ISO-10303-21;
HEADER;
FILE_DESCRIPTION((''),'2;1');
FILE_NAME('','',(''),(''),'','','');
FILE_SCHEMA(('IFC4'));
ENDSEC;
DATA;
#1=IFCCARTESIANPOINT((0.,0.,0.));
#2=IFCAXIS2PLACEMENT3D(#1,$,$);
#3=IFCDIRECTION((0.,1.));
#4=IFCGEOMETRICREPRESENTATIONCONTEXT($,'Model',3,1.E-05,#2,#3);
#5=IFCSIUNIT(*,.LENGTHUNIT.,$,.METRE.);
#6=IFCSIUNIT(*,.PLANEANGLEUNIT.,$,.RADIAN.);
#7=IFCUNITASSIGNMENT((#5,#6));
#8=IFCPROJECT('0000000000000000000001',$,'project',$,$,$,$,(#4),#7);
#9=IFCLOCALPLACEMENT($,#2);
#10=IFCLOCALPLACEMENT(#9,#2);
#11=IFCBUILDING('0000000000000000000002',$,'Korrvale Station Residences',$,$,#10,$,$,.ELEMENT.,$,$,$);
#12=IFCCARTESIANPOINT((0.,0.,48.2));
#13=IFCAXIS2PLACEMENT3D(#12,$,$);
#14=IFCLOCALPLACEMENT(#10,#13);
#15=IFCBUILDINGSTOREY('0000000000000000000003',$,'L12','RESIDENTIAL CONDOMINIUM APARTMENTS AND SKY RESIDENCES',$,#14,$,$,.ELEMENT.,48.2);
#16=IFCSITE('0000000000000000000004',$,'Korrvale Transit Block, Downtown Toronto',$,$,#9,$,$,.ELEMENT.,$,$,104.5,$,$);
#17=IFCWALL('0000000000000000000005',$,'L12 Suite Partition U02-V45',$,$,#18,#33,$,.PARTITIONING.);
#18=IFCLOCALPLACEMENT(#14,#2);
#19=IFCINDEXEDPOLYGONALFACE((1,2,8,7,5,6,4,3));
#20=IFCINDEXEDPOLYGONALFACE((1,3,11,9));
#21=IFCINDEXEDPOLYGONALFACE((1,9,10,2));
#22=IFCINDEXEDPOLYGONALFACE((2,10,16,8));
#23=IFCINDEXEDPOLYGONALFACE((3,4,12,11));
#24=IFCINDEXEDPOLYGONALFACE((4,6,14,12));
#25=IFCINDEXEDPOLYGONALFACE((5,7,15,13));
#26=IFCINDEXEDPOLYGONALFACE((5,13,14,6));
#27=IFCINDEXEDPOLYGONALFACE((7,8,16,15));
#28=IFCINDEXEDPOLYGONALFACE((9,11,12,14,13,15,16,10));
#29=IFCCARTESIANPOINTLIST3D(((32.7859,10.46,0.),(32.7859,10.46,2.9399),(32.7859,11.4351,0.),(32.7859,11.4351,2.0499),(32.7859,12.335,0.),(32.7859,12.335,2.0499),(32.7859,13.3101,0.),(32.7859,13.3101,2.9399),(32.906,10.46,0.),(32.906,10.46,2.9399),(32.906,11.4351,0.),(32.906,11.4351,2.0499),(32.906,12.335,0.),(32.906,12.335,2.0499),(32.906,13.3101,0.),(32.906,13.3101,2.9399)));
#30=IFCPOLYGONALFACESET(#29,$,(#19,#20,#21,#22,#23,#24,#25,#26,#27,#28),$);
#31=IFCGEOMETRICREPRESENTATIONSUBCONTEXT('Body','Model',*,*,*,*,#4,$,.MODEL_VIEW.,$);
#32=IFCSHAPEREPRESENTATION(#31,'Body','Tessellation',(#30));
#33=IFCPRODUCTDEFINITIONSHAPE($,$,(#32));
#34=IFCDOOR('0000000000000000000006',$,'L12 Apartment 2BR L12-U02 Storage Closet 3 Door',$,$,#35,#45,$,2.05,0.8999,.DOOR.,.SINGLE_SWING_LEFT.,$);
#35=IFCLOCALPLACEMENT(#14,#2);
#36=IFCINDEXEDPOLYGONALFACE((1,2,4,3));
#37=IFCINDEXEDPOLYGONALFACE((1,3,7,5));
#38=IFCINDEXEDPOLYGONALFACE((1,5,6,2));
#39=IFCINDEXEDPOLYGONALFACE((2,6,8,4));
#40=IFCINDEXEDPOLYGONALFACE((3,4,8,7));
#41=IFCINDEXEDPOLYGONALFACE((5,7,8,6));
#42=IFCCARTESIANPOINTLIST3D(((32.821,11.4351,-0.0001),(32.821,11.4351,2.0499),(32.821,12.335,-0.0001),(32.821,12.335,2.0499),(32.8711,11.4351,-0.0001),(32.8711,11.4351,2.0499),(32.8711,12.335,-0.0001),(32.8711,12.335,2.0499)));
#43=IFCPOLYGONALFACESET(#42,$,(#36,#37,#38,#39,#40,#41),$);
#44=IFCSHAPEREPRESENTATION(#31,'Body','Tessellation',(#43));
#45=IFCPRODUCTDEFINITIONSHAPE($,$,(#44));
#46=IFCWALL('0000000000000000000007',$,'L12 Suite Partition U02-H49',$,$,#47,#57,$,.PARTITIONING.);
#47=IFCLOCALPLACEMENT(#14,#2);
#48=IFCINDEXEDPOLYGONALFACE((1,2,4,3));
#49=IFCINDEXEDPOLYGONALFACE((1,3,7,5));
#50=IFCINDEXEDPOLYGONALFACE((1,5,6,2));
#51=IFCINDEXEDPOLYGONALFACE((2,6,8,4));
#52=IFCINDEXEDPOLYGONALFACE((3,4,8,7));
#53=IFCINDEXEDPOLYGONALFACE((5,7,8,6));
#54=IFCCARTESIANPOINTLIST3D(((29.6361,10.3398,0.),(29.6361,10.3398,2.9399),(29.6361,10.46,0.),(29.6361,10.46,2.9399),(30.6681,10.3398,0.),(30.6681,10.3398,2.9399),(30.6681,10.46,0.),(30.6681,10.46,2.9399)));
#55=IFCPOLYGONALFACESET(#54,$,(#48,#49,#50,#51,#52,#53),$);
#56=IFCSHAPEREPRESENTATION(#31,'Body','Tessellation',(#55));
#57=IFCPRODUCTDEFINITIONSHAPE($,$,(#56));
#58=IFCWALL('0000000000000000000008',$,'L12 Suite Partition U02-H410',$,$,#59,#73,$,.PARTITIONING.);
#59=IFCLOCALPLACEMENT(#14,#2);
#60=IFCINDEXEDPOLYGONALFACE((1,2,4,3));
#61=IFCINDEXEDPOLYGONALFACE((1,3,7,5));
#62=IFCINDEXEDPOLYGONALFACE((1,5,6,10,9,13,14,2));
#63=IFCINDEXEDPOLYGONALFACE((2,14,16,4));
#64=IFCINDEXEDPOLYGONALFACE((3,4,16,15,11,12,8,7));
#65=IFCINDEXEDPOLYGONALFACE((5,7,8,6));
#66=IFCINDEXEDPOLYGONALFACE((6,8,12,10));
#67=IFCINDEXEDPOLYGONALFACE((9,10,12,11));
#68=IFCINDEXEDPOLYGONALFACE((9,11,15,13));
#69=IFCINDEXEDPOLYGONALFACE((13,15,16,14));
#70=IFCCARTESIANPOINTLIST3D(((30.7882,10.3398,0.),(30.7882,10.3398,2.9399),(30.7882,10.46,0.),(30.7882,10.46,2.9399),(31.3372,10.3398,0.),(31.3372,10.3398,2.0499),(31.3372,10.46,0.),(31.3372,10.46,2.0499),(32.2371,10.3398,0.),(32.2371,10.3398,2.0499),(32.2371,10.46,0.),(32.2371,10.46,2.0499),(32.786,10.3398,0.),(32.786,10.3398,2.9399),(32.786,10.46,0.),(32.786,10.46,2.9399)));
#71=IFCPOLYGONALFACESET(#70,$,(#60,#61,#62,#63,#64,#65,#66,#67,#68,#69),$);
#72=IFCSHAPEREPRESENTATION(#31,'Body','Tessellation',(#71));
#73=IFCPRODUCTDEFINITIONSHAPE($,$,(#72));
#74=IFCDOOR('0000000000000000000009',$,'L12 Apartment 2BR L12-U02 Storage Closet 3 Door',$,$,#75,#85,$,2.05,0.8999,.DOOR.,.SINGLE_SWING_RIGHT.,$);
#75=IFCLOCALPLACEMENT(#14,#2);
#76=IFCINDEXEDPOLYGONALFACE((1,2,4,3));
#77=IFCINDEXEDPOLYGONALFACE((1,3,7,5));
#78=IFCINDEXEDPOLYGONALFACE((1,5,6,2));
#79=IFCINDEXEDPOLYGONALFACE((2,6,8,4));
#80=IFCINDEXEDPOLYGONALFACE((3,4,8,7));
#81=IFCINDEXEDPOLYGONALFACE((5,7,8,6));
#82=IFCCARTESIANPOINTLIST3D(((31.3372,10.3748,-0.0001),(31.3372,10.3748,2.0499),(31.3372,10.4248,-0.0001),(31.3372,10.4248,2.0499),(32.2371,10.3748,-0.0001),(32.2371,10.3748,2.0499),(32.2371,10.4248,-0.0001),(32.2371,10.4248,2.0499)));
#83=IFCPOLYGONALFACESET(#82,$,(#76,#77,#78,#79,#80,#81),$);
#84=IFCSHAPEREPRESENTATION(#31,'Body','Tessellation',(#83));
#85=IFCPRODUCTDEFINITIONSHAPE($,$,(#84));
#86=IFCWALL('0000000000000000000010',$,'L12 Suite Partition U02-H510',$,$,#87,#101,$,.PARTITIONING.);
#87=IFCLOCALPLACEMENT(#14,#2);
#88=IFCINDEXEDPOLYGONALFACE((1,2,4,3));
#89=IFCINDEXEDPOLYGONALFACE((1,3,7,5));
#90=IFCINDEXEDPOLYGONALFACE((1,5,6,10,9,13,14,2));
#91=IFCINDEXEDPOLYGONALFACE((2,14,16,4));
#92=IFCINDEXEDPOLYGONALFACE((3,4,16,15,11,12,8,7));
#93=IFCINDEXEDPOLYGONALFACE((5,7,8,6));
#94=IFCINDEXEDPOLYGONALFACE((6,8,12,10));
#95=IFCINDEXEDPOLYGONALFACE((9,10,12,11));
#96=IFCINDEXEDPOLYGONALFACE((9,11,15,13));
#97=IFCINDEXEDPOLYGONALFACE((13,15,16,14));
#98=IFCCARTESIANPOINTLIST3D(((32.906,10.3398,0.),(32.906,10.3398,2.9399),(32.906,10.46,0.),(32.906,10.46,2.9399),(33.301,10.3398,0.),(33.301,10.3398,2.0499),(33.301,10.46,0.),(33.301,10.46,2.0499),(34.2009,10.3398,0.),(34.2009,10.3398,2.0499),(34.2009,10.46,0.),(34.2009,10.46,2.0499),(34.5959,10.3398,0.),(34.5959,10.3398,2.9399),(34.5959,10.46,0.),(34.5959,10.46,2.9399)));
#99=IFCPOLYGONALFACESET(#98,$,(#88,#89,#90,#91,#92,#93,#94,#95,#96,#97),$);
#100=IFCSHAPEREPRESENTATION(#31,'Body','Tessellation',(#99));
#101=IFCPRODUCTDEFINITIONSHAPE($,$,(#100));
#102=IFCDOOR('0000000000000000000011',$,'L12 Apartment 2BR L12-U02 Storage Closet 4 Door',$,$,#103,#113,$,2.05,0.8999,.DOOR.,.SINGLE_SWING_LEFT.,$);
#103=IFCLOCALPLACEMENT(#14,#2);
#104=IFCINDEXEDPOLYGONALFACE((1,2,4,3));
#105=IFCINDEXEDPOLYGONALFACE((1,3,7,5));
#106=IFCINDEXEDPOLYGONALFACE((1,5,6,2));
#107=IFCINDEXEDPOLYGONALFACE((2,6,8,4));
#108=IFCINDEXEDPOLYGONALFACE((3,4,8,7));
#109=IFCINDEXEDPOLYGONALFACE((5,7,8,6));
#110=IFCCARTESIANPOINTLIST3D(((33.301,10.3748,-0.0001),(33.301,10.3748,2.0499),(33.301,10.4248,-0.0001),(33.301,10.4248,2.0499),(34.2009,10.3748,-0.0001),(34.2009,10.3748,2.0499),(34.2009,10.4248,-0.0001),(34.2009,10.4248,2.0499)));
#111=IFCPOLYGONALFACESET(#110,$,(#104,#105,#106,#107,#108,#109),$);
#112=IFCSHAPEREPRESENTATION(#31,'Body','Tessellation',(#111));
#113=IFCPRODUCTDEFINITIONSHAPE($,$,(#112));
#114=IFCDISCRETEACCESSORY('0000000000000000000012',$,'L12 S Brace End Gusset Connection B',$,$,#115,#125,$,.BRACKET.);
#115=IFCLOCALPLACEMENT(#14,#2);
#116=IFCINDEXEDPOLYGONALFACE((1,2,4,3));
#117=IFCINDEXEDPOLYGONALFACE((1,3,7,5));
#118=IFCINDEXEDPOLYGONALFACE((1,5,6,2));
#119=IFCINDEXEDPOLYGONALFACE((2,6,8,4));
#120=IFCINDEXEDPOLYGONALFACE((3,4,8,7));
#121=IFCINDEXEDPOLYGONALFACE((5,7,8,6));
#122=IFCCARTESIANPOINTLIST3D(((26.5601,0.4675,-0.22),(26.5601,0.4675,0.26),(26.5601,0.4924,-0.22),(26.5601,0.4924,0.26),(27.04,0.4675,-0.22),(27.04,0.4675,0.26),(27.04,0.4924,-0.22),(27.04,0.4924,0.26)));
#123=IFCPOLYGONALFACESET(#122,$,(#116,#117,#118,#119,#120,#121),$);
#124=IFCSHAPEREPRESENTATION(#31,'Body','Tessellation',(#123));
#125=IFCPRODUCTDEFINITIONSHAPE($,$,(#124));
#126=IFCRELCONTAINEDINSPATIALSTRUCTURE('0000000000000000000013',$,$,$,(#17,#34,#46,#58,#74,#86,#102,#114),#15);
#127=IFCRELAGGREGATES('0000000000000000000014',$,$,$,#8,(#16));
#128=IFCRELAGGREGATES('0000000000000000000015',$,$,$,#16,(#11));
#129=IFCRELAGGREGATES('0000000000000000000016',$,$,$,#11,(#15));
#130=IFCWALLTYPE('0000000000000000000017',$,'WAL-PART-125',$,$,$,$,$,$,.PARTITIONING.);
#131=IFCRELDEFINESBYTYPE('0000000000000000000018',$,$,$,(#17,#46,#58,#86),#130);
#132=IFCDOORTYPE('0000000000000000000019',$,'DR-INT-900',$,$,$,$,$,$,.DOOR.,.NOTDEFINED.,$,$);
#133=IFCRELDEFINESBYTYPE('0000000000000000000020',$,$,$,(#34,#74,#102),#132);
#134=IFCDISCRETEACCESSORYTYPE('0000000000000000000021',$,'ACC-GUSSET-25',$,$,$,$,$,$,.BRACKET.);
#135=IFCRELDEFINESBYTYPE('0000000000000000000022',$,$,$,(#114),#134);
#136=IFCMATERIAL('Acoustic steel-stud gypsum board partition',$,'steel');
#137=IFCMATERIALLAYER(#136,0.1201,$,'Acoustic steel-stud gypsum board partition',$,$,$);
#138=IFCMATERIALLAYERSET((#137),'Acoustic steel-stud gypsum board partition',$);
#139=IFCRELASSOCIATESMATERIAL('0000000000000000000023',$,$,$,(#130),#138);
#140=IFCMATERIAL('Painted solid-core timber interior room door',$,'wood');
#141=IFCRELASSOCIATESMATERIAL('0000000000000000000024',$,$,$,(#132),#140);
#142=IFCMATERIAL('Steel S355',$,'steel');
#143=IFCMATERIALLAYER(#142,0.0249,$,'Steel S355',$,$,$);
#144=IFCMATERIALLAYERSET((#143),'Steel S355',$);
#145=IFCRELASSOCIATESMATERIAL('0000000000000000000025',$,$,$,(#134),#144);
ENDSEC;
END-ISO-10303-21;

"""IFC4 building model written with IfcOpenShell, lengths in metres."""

from ifc_helpers import new_model, si_unit, direction, frame, frame_2d, origin, origin_2d, place, context, subcontext, project, spatial, rectangle, extrude, material, layer, layer_set, type_object, element, fill, save


model = new_model("IFC4")

# Units and contexts
model_context = context("Model", 3, precision=1e-05, world=origin(), true_north=direction((0.0, 1.0)))
body_context = subcontext(model_context, "Body", "Model", "MODEL_VIEW")
ifc_project = project(units=[si_unit("LENGTHUNIT", "METRE"), si_unit("PLANEANGLEUNIT", "RADIAN")], contexts=[model_context])

# Site, building, storey
site_placement = place(None, origin())
site = spatial("IfcSite", under=ifc_project, at=site_placement, Name="Korrvale Transit Block, Downtown Toronto", CompositionType="ELEMENT", RefElevation=104.5)
building_placement = place(site_placement, origin())
building = spatial("IfcBuilding", under=site, at=building_placement, Name="Korrvale Station Residences", CompositionType="ELEMENT")
storey_placement = place(building_placement, frame((0.0, 0.0, 48.2)))
storey = spatial("IfcBuildingStorey", under=building, at=storey_placement, Name="L12", Description="RESIDENTIAL CONDOMINIUM APARTMENTS AND SKY RESIDENCES", CompositionType="ELEMENT", Elevation=48.2)

# Shared definitions
ifc_material_1 = material(Name="Acoustic steel-stud gypsum board partition", Category="steel")
ifc_layer_1 = layer(ifc_material_1, 0.1201, Name="Acoustic steel-stud gypsum board partition")
ifc_layer_set_1 = layer_set([ifc_layer_1], Name="Acoustic steel-stud gypsum board partition")
wall_type = type_object("IfcWallType", Name="WAL-PART-125", PredefinedType="PARTITIONING", material=ifc_layer_set_1)
ifc_material_2 = material(Name="Painted solid-core timber interior room door", Category="wood")
door_type = type_object("IfcDoorType", Name="DR-INT-900", OperationType="NOTDEFINED", PredefinedType="DOOR", material=ifc_material_2)

# Wall, opening, door
wall_1_placement = place(storey_placement, frame((32.8459, 10.46, 0.0), z_axis=(0.0, 0.0, 1.0), x_axis=(0.0, 1.0, 0.0)))
wall_1 = element("IfcWall", 1, at=wall_1_placement, inside=storey, type_object=wall_type, Name="L12 Suite Partition U02-V45", PredefinedType="PARTITIONING", context=body_context, shape_type="SweptSolid", body=[
    extrude(rectangle(XDim=2.8501, YDim=0.1201, at=frame_2d((1.425, 0.0))), origin(), (0.0, 0.0, 1.0), 2.9399),
])
opening_1_placement = place(wall_1_placement, frame((0.9751, 0.0, 0.0)))
opening_1 = element("IfcOpeningElement", 2, at=opening_1_placement, cuts=wall_1, PredefinedType="OPENING", context=body_context, shape_type="SweptSolid", body=[
    extrude(rectangle(XDim=0.8999, YDim=2.05, at=frame_2d((0.45, 1.0249))), frame((0.0, 0.0701, 0.0), z_axis=(0.0, -1.0, 0.0), x_axis=(1.0, 0.0, 0.0)), (0.0, 0.0, 1.0), 0.1401),
])
door_1_placement = place(opening_1_placement, origin())
door_1 = element("IfcDoor", 3, at=door_1_placement, inside=storey, type_object=door_type, Name="L12 Apartment 2BR L12-U02 Storage Closet 3 Door", OperationType="SINGLE_SWING_LEFT", OverallHeight=2.05, OverallWidth=0.8999, PredefinedType="DOOR", context=body_context, shape_type="SweptSolid", body=[
    extrude(rectangle(XDim=0.8999, YDim=2.05, at=frame_2d((0.45, 1.0249))), frame((0.0, 0.0249, 0.0), z_axis=(0.0, -1.0, 0.0), x_axis=(1.0, 0.0, 0.0)), (0.0, 0.0, 1.0), 0.05),
])
fill(opening_1, door_1)

# Wall
wall_2_placement = place(storey_placement, frame((29.636, 10.3999, 0.0), z_axis=(0.0, 0.0, 1.0), x_axis=(1.0, 0.0, 0.0)))
element("IfcWall", 4, at=wall_2_placement, inside=storey, type_object=wall_type, Name="L12 Suite Partition U02-H49", PredefinedType="PARTITIONING", context=body_context, shape_type="SweptSolid", body=[
    extrude(rectangle(XDim=1.032, YDim=0.1201, at=frame_2d((0.5161, 0.0))), origin(), (0.0, 0.0, 1.0), 2.9399),
])

# Walls, openings, doors
wall_3_placement = place(storey_placement, frame((30.7881, 10.3999, 0.0), z_axis=(0.0, 0.0, 1.0), x_axis=(1.0, 0.0, 0.0)))
wall_3 = element("IfcWall", 5, at=wall_3_placement, inside=storey, type_object=wall_type, Name="L12 Suite Partition U02-H410", PredefinedType="PARTITIONING", context=body_context, shape_type="SweptSolid", body=[
    extrude(rectangle(XDim=1.9978, YDim=0.1201, at=frame_2d((0.999, 0.0))), origin(), (0.0, 0.0, 1.0), 2.9399),
])
opening_2_placement = place(wall_3_placement, frame((0.5491, 0.0, 0.0)))
opening_2 = element("IfcOpeningElement", 6, at=opening_2_placement, cuts=wall_3, PredefinedType="OPENING", context=body_context, shape_type="SweptSolid", body=[
    extrude(rectangle(XDim=0.8999, YDim=2.05, at=frame_2d((0.45, 1.0249))), frame((0.0, 0.0701, 0.0), z_axis=(0.0, -1.0, 0.0), x_axis=(1.0, 0.0, 0.0)), (0.0, 0.0, 1.0), 0.1401),
])
door_2_placement = place(opening_2_placement, origin())
door_2 = element("IfcDoor", 7, at=door_2_placement, inside=storey, type_object=door_type, Name="L12 Apartment 2BR L12-U02 Storage Closet 3 Door", OperationType="SINGLE_SWING_RIGHT", OverallHeight=2.05, OverallWidth=0.8999, PredefinedType="DOOR", context=body_context, shape_type="SweptSolid", body=[
    extrude(rectangle(XDim=0.8999, YDim=2.05, at=frame_2d((0.45, 1.0249))), frame((0.0, 0.0249, 0.0), z_axis=(0.0, -1.0, 0.0), x_axis=(1.0, 0.0, 0.0)), (0.0, 0.0, 1.0), 0.05),
])
fill(opening_2, door_2)
wall_4_placement = place(storey_placement, frame((32.906, 10.3999, 0.0), z_axis=(0.0, 0.0, 1.0), x_axis=(1.0, 0.0, 0.0)))
wall_4 = element("IfcWall", 8, at=wall_4_placement, inside=storey, type_object=wall_type, Name="L12 Suite Partition U02-H510", PredefinedType="PARTITIONING", context=body_context, shape_type="SweptSolid", body=[
    extrude(rectangle(XDim=1.6899, YDim=0.1201, at=frame_2d((0.845, 0.0))), origin(), (0.0, 0.0, 1.0), 2.9399),
])
opening_3_placement = place(wall_4_placement, frame((0.395, 0.0, 0.0)))
opening_3 = element("IfcOpeningElement", 9, at=opening_3_placement, cuts=wall_4, PredefinedType="OPENING", context=body_context, shape_type="SweptSolid", body=[
    extrude(rectangle(XDim=0.8999, YDim=2.05, at=frame_2d((0.45, 1.0249))), frame((0.0, 0.0701, 0.0), z_axis=(0.0, -1.0, 0.0), x_axis=(1.0, 0.0, 0.0)), (0.0, 0.0, 1.0), 0.1401),
])
door_3_placement = place(opening_3_placement, origin())
door_3 = element("IfcDoor", 10, at=door_3_placement, inside=storey, type_object=door_type, Name="L12 Apartment 2BR L12-U02 Storage Closet 4 Door", OperationType="SINGLE_SWING_LEFT", OverallHeight=2.05, OverallWidth=0.8999, PredefinedType="DOOR", context=body_context, shape_type="SweptSolid", body=[
    extrude(rectangle(XDim=0.8999, YDim=2.05, at=frame_2d((0.45, 1.0249))), frame((0.0, 0.0249, 0.0), z_axis=(0.0, -1.0, 0.0), x_axis=(1.0, 0.0, 0.0)), (0.0, 0.0, 1.0), 0.05),
])
fill(opening_3, door_3)

# Discrete accessory
ifc_material_3 = material(Name="Steel S355", Category="steel")
ifc_layer_2 = layer(ifc_material_3, 0.0249, Name="Steel S355")
ifc_layer_set_2 = layer_set([ifc_layer_2], Name="Steel S355")
discrete_accessory_type = type_object("IfcDiscreteAccessoryType", Name="ACC-GUSSET-25", PredefinedType="BRACKET", material=ifc_layer_set_2)
discrete_accessory_placement = place(storey_placement, frame((26.8, 0.48, -0.22), z_axis=(0.0, 0.0, 1.0), x_axis=(1.0, 0.0, 0.0)))
element("IfcDiscreteAccessory", 11, at=discrete_accessory_placement, inside=storey, type_object=discrete_accessory_type, Name="L12 S Brace End Gusset Connection B", PredefinedType="BRACKET", context=body_context, shape_type="SweptSolid", body=[
    extrude(rectangle(XDim=0.48, YDim=0.0249, at=origin_2d()), origin(), (0.0, 0.0, 1.0), 0.48),
])

save(model, "model.ifc")
